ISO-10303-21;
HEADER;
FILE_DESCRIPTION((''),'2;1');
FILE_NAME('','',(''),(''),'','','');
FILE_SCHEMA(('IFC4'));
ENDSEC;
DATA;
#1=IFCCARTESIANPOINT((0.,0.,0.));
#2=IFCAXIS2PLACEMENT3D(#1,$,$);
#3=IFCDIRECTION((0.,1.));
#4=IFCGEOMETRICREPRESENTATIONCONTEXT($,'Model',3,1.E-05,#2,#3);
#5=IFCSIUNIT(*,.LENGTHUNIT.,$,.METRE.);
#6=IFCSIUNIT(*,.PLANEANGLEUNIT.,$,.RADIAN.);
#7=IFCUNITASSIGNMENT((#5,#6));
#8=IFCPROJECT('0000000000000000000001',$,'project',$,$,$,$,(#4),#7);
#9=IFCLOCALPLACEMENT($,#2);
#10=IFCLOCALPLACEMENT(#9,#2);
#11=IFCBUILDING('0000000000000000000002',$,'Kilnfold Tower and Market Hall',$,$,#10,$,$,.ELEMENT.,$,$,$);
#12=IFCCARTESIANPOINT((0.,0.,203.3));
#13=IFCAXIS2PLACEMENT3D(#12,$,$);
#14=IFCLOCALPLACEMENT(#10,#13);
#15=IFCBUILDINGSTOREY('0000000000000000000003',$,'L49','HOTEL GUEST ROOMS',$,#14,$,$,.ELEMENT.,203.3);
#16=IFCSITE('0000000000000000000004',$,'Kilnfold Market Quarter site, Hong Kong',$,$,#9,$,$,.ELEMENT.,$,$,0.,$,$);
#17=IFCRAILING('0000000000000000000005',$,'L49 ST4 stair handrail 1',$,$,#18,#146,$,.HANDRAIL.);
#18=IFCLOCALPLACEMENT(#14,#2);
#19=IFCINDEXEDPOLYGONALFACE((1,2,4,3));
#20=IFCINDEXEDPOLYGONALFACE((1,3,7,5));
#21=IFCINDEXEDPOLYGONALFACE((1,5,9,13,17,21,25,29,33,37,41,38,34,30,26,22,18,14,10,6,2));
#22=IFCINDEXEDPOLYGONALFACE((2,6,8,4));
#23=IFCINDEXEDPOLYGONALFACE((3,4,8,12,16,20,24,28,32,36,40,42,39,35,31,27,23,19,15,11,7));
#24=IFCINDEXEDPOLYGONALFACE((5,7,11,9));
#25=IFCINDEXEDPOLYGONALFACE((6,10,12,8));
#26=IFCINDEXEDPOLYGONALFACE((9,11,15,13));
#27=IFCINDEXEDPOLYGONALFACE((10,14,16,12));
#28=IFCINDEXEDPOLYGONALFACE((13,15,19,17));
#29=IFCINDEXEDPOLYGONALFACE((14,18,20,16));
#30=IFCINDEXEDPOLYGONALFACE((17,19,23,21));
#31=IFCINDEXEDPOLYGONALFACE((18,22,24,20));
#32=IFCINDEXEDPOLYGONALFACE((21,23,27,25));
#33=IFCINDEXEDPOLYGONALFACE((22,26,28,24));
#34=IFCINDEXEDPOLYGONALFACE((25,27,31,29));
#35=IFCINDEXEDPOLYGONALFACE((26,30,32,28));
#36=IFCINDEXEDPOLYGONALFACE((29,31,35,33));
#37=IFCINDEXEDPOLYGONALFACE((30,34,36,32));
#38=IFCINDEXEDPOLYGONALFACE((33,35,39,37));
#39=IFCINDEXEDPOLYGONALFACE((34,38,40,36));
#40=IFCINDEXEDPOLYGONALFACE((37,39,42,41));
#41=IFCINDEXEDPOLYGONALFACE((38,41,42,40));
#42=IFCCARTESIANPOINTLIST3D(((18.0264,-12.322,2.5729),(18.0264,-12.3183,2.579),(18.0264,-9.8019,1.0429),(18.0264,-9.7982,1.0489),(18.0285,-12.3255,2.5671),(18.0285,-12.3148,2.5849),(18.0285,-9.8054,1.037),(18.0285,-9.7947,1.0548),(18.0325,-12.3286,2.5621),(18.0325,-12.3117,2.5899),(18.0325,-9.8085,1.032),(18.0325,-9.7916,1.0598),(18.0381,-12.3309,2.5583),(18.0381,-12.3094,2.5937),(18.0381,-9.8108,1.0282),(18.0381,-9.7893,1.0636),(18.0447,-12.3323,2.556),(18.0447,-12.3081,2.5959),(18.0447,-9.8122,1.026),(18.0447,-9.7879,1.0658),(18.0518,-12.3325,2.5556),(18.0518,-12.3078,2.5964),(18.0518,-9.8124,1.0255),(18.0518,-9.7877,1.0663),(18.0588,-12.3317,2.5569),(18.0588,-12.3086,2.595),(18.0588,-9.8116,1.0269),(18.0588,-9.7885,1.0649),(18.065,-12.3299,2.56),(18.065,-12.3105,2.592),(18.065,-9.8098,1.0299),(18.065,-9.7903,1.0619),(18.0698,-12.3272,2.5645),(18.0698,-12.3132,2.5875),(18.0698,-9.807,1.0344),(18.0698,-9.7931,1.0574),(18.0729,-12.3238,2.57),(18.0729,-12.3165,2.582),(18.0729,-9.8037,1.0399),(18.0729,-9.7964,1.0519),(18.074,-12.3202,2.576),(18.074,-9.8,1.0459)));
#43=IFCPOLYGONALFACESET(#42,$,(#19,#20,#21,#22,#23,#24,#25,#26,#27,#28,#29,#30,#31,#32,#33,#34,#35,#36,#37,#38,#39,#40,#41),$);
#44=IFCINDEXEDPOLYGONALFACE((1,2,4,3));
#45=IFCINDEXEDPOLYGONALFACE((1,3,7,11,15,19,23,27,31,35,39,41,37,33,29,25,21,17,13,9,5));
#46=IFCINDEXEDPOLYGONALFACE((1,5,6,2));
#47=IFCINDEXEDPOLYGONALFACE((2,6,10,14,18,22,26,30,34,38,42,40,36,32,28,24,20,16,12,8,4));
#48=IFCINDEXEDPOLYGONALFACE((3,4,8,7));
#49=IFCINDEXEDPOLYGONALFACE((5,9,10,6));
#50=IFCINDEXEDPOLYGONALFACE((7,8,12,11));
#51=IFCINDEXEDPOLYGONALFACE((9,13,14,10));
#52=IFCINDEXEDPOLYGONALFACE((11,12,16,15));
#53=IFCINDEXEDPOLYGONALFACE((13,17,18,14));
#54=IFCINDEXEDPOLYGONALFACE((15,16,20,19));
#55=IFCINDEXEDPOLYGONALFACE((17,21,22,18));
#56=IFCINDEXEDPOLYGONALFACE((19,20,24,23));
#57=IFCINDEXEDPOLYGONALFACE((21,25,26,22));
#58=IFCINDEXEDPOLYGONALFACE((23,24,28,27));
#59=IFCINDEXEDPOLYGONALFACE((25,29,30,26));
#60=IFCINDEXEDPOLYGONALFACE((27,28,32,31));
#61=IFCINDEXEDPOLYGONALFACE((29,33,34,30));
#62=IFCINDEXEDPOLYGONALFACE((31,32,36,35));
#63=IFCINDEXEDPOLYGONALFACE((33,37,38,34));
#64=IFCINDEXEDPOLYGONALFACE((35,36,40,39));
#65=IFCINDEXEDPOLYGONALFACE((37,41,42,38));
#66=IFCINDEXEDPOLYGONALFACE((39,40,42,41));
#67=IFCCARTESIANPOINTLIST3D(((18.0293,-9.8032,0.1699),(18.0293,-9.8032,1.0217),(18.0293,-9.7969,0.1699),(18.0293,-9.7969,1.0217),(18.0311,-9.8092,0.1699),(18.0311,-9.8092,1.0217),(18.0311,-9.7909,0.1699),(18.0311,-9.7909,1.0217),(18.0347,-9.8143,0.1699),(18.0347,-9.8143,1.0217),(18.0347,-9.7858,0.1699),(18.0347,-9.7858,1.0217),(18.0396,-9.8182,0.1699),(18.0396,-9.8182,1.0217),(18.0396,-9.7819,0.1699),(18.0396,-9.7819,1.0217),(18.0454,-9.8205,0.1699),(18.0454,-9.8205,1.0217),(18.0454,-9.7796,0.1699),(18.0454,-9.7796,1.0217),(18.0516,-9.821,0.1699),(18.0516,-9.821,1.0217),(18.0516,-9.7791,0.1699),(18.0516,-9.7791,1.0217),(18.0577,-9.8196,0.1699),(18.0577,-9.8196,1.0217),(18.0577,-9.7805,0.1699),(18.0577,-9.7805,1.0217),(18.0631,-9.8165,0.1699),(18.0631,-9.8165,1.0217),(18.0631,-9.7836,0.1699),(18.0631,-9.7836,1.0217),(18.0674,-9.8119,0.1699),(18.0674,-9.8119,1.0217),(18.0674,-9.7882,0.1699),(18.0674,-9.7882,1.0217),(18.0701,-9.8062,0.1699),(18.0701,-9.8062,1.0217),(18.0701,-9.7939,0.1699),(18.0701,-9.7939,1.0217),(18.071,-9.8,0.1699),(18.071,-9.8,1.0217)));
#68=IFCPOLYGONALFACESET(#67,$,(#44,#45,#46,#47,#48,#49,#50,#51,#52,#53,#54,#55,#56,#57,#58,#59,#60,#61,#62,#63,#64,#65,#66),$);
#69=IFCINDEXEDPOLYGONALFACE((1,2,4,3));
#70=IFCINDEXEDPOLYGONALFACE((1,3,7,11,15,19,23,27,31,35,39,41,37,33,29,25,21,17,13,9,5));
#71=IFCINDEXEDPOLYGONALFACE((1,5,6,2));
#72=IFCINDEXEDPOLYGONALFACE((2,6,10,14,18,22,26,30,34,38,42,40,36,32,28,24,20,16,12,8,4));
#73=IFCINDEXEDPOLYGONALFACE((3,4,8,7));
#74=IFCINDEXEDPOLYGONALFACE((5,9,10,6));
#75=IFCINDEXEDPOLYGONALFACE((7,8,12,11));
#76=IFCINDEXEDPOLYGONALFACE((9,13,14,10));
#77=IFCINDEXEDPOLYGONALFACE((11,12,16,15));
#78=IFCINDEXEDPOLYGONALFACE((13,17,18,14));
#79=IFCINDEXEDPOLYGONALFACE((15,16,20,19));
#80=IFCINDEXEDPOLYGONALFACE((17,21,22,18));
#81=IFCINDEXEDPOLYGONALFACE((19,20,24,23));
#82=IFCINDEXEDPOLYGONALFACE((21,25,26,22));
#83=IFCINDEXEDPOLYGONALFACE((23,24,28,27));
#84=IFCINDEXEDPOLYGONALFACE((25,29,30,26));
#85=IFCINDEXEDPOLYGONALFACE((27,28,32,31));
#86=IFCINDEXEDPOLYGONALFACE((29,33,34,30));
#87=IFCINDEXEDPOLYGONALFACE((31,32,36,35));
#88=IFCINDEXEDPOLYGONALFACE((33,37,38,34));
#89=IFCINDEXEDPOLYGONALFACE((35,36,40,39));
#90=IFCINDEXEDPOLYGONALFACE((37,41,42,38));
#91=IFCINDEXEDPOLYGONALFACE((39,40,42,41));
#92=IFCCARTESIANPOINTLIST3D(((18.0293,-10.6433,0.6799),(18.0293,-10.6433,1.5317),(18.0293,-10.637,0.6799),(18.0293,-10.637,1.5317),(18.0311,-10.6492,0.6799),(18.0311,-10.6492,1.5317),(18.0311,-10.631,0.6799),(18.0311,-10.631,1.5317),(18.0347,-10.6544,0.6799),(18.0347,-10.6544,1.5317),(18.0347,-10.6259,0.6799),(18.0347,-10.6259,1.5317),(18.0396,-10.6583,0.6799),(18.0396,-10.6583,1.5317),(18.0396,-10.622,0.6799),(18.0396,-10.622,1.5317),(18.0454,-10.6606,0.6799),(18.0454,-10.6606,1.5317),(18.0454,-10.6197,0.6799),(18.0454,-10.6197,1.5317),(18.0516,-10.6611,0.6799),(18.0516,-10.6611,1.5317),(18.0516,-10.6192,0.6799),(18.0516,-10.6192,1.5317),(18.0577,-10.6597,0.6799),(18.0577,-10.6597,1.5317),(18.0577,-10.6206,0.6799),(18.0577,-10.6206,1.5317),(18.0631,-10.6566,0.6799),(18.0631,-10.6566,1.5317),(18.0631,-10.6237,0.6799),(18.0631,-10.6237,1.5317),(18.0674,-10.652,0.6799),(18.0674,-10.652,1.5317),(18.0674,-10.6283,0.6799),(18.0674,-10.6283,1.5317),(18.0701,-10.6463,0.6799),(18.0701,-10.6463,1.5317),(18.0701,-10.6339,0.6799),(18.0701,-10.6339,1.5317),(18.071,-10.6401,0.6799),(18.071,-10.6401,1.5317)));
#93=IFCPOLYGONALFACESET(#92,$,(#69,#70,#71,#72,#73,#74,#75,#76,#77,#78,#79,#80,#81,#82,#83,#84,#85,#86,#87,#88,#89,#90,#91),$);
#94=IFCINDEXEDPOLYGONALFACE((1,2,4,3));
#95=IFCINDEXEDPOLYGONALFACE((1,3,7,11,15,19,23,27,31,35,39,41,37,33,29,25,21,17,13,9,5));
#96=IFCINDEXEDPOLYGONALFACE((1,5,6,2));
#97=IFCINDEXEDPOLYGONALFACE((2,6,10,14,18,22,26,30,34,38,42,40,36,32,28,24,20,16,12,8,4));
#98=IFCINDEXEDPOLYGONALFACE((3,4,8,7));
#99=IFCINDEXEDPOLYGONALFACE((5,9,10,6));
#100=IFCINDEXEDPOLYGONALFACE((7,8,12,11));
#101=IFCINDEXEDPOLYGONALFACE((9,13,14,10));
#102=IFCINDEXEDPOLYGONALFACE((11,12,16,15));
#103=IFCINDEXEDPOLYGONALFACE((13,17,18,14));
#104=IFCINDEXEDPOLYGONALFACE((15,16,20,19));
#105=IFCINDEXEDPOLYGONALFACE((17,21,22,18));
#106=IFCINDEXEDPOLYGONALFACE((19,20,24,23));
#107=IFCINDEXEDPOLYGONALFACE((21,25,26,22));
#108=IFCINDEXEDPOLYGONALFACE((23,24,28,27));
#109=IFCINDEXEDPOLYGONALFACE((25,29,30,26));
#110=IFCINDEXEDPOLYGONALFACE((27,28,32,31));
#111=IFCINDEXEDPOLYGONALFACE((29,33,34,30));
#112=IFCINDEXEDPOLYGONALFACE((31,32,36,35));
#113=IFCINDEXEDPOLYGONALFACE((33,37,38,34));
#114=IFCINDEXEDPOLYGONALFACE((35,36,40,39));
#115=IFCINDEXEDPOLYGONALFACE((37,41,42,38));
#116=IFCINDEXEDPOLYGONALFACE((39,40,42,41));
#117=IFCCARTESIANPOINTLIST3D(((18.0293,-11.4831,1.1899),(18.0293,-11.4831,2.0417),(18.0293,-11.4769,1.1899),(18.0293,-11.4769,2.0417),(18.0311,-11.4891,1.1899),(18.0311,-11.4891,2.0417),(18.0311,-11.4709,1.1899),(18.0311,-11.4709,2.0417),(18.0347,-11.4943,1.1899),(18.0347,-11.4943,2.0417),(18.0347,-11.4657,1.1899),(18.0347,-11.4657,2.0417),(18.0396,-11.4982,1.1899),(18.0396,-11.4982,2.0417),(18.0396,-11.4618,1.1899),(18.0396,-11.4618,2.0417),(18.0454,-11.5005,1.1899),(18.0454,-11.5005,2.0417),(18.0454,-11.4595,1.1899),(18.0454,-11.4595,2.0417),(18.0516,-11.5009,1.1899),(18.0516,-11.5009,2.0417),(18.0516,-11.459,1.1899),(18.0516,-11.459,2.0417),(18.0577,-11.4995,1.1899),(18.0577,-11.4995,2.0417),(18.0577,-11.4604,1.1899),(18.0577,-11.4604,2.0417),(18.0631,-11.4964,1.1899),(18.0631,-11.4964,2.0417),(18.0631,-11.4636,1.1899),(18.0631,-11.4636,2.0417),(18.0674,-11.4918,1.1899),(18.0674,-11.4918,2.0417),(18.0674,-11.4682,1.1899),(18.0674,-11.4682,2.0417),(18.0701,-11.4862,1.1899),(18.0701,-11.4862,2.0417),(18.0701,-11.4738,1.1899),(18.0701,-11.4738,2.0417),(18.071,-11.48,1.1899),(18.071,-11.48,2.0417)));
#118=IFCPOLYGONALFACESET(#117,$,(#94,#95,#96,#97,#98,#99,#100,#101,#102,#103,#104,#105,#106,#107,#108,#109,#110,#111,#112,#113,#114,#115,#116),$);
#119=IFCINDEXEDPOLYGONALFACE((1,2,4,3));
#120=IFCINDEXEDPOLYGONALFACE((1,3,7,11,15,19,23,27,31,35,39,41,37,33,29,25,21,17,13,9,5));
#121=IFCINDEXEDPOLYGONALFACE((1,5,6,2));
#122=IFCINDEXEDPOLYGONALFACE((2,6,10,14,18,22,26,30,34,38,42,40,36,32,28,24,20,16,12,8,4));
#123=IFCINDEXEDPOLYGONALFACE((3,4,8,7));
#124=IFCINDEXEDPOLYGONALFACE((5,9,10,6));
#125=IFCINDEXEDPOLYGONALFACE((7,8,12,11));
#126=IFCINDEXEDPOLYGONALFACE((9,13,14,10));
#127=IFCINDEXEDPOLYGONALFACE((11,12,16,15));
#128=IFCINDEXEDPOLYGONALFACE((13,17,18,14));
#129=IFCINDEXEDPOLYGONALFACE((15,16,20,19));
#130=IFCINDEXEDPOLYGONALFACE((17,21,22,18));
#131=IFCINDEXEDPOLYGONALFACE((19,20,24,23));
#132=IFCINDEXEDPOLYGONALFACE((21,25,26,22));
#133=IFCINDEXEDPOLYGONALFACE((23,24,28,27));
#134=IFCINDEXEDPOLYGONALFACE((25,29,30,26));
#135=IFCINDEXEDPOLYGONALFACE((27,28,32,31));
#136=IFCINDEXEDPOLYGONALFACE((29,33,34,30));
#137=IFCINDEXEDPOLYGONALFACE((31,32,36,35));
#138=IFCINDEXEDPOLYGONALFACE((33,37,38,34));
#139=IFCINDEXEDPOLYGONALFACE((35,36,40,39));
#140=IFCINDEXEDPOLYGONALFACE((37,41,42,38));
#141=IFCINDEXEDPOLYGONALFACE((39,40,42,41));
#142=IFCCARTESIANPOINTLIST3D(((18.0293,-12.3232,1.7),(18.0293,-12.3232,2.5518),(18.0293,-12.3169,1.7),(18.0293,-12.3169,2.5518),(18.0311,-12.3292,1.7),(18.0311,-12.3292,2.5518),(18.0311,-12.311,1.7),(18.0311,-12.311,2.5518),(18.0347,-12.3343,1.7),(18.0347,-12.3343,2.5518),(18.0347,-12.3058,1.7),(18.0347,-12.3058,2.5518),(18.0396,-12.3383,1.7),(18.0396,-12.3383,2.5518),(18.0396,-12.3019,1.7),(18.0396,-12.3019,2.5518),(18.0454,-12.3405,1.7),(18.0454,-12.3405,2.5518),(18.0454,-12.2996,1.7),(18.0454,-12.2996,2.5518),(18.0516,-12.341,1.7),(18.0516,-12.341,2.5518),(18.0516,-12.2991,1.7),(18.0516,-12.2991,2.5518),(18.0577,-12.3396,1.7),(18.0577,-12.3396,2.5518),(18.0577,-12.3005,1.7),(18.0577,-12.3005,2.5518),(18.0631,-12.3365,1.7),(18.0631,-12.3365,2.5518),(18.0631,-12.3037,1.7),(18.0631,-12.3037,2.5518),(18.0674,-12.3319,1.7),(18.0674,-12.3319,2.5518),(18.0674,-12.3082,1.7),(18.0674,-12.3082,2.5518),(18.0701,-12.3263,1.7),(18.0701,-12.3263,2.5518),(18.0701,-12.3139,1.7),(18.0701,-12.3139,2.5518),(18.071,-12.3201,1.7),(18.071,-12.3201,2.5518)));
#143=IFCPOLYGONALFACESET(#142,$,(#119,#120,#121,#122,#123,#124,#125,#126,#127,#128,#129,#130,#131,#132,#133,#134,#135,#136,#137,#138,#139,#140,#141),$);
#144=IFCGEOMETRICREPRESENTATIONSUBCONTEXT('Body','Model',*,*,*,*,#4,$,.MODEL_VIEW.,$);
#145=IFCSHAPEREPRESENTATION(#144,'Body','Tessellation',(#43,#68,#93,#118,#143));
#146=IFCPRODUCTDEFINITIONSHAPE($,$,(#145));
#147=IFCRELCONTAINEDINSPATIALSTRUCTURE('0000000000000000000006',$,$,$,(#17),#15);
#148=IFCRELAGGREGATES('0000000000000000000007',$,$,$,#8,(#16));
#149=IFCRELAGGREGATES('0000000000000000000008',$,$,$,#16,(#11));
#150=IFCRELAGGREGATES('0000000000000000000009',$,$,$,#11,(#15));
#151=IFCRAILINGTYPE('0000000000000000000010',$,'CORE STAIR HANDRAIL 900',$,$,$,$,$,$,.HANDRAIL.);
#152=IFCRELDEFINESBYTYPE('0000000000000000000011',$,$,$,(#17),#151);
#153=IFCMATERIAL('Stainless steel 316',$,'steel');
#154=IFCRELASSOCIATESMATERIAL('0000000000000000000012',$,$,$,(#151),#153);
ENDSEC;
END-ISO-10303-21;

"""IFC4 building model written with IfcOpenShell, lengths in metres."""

from ifc_helpers import new_model, si_unit, direction, frame, origin, origin_2d, place, context, subcontext, project, spatial, circle, extrude, material, type_object, element, save


model = new_model("IFC4")

# Units and contexts
model_context = context("Model", 3, precision=1e-05, world=origin(), true_north=direction((0.0, 1.0)))
body_context = subcontext(model_context, "Body", "Model", "MODEL_VIEW")
ifc_project = project(units=[si_unit("LENGTHUNIT", "METRE"), si_unit("PLANEANGLEUNIT", "RADIAN")], contexts=[model_context])

# Site, building, storey
site_placement = place(None, origin())
site = spatial("IfcSite", under=ifc_project, at=site_placement, Name="Kilnfold Market Quarter site, Hong Kong", CompositionType="ELEMENT", RefElevation=0.0)
building_placement = place(site_placement, origin())
building = spatial("IfcBuilding", under=site, at=building_placement, Name="Kilnfold Tower and Market Hall", CompositionType="ELEMENT")
storey_placement = place(building_placement, frame((0.0, 0.0, 203.3)))
storey = spatial("IfcBuildingStorey", under=building, at=storey_placement, Name="L49", Description="HOTEL GUEST ROOMS", CompositionType="ELEMENT", Elevation=203.3)

# Railing
ifc_material_1 = material(Name="Stainless steel 316", Category="steel")
railing_type_1 = type_object("IfcRailingType", Name="CORE STAIR HANDRAIL 900", PredefinedType="HANDRAIL", material=ifc_material_1)
railing_1_placement = place(storey_placement, frame((18.05, -9.8, 0.1699)))
element("IfcRailing", 1, at=railing_1_placement, inside=storey, type_object=railing_type_1, Name="L49 ST4 stair handrail 1", PredefinedType="HANDRAIL", context=body_context, shape_type="SweptSolid", body=[
    extrude(circle(Radius=0.0239, at=origin_2d()), frame((0.0, 0.0, 0.876), z_axis=(0.0, -0.854785, 0.518982), x_axis=(1.0, 0.0, 0.0)), (0.0, 0.0, 1.0), 2.9482),
    extrude(circle(Radius=0.021, at=origin_2d()), origin(), (0.0, 0.0, 1.0), 0.8518),
    extrude(circle(Radius=0.021, at=origin_2d()), frame((0.0, -0.8401, 0.51)), (0.0, 0.0, 1.0), 0.8518),
    extrude(circle(Radius=0.021, at=origin_2d()), frame((0.0, -1.6799, 1.02)), (0.0, 0.0, 1.0), 0.8518),
    extrude(circle(Radius=0.021, at=origin_2d()), frame((0.0, -2.52, 1.53)), (0.0, 0.0, 1.0), 0.8518),
])

save(model, "model.ifc")
